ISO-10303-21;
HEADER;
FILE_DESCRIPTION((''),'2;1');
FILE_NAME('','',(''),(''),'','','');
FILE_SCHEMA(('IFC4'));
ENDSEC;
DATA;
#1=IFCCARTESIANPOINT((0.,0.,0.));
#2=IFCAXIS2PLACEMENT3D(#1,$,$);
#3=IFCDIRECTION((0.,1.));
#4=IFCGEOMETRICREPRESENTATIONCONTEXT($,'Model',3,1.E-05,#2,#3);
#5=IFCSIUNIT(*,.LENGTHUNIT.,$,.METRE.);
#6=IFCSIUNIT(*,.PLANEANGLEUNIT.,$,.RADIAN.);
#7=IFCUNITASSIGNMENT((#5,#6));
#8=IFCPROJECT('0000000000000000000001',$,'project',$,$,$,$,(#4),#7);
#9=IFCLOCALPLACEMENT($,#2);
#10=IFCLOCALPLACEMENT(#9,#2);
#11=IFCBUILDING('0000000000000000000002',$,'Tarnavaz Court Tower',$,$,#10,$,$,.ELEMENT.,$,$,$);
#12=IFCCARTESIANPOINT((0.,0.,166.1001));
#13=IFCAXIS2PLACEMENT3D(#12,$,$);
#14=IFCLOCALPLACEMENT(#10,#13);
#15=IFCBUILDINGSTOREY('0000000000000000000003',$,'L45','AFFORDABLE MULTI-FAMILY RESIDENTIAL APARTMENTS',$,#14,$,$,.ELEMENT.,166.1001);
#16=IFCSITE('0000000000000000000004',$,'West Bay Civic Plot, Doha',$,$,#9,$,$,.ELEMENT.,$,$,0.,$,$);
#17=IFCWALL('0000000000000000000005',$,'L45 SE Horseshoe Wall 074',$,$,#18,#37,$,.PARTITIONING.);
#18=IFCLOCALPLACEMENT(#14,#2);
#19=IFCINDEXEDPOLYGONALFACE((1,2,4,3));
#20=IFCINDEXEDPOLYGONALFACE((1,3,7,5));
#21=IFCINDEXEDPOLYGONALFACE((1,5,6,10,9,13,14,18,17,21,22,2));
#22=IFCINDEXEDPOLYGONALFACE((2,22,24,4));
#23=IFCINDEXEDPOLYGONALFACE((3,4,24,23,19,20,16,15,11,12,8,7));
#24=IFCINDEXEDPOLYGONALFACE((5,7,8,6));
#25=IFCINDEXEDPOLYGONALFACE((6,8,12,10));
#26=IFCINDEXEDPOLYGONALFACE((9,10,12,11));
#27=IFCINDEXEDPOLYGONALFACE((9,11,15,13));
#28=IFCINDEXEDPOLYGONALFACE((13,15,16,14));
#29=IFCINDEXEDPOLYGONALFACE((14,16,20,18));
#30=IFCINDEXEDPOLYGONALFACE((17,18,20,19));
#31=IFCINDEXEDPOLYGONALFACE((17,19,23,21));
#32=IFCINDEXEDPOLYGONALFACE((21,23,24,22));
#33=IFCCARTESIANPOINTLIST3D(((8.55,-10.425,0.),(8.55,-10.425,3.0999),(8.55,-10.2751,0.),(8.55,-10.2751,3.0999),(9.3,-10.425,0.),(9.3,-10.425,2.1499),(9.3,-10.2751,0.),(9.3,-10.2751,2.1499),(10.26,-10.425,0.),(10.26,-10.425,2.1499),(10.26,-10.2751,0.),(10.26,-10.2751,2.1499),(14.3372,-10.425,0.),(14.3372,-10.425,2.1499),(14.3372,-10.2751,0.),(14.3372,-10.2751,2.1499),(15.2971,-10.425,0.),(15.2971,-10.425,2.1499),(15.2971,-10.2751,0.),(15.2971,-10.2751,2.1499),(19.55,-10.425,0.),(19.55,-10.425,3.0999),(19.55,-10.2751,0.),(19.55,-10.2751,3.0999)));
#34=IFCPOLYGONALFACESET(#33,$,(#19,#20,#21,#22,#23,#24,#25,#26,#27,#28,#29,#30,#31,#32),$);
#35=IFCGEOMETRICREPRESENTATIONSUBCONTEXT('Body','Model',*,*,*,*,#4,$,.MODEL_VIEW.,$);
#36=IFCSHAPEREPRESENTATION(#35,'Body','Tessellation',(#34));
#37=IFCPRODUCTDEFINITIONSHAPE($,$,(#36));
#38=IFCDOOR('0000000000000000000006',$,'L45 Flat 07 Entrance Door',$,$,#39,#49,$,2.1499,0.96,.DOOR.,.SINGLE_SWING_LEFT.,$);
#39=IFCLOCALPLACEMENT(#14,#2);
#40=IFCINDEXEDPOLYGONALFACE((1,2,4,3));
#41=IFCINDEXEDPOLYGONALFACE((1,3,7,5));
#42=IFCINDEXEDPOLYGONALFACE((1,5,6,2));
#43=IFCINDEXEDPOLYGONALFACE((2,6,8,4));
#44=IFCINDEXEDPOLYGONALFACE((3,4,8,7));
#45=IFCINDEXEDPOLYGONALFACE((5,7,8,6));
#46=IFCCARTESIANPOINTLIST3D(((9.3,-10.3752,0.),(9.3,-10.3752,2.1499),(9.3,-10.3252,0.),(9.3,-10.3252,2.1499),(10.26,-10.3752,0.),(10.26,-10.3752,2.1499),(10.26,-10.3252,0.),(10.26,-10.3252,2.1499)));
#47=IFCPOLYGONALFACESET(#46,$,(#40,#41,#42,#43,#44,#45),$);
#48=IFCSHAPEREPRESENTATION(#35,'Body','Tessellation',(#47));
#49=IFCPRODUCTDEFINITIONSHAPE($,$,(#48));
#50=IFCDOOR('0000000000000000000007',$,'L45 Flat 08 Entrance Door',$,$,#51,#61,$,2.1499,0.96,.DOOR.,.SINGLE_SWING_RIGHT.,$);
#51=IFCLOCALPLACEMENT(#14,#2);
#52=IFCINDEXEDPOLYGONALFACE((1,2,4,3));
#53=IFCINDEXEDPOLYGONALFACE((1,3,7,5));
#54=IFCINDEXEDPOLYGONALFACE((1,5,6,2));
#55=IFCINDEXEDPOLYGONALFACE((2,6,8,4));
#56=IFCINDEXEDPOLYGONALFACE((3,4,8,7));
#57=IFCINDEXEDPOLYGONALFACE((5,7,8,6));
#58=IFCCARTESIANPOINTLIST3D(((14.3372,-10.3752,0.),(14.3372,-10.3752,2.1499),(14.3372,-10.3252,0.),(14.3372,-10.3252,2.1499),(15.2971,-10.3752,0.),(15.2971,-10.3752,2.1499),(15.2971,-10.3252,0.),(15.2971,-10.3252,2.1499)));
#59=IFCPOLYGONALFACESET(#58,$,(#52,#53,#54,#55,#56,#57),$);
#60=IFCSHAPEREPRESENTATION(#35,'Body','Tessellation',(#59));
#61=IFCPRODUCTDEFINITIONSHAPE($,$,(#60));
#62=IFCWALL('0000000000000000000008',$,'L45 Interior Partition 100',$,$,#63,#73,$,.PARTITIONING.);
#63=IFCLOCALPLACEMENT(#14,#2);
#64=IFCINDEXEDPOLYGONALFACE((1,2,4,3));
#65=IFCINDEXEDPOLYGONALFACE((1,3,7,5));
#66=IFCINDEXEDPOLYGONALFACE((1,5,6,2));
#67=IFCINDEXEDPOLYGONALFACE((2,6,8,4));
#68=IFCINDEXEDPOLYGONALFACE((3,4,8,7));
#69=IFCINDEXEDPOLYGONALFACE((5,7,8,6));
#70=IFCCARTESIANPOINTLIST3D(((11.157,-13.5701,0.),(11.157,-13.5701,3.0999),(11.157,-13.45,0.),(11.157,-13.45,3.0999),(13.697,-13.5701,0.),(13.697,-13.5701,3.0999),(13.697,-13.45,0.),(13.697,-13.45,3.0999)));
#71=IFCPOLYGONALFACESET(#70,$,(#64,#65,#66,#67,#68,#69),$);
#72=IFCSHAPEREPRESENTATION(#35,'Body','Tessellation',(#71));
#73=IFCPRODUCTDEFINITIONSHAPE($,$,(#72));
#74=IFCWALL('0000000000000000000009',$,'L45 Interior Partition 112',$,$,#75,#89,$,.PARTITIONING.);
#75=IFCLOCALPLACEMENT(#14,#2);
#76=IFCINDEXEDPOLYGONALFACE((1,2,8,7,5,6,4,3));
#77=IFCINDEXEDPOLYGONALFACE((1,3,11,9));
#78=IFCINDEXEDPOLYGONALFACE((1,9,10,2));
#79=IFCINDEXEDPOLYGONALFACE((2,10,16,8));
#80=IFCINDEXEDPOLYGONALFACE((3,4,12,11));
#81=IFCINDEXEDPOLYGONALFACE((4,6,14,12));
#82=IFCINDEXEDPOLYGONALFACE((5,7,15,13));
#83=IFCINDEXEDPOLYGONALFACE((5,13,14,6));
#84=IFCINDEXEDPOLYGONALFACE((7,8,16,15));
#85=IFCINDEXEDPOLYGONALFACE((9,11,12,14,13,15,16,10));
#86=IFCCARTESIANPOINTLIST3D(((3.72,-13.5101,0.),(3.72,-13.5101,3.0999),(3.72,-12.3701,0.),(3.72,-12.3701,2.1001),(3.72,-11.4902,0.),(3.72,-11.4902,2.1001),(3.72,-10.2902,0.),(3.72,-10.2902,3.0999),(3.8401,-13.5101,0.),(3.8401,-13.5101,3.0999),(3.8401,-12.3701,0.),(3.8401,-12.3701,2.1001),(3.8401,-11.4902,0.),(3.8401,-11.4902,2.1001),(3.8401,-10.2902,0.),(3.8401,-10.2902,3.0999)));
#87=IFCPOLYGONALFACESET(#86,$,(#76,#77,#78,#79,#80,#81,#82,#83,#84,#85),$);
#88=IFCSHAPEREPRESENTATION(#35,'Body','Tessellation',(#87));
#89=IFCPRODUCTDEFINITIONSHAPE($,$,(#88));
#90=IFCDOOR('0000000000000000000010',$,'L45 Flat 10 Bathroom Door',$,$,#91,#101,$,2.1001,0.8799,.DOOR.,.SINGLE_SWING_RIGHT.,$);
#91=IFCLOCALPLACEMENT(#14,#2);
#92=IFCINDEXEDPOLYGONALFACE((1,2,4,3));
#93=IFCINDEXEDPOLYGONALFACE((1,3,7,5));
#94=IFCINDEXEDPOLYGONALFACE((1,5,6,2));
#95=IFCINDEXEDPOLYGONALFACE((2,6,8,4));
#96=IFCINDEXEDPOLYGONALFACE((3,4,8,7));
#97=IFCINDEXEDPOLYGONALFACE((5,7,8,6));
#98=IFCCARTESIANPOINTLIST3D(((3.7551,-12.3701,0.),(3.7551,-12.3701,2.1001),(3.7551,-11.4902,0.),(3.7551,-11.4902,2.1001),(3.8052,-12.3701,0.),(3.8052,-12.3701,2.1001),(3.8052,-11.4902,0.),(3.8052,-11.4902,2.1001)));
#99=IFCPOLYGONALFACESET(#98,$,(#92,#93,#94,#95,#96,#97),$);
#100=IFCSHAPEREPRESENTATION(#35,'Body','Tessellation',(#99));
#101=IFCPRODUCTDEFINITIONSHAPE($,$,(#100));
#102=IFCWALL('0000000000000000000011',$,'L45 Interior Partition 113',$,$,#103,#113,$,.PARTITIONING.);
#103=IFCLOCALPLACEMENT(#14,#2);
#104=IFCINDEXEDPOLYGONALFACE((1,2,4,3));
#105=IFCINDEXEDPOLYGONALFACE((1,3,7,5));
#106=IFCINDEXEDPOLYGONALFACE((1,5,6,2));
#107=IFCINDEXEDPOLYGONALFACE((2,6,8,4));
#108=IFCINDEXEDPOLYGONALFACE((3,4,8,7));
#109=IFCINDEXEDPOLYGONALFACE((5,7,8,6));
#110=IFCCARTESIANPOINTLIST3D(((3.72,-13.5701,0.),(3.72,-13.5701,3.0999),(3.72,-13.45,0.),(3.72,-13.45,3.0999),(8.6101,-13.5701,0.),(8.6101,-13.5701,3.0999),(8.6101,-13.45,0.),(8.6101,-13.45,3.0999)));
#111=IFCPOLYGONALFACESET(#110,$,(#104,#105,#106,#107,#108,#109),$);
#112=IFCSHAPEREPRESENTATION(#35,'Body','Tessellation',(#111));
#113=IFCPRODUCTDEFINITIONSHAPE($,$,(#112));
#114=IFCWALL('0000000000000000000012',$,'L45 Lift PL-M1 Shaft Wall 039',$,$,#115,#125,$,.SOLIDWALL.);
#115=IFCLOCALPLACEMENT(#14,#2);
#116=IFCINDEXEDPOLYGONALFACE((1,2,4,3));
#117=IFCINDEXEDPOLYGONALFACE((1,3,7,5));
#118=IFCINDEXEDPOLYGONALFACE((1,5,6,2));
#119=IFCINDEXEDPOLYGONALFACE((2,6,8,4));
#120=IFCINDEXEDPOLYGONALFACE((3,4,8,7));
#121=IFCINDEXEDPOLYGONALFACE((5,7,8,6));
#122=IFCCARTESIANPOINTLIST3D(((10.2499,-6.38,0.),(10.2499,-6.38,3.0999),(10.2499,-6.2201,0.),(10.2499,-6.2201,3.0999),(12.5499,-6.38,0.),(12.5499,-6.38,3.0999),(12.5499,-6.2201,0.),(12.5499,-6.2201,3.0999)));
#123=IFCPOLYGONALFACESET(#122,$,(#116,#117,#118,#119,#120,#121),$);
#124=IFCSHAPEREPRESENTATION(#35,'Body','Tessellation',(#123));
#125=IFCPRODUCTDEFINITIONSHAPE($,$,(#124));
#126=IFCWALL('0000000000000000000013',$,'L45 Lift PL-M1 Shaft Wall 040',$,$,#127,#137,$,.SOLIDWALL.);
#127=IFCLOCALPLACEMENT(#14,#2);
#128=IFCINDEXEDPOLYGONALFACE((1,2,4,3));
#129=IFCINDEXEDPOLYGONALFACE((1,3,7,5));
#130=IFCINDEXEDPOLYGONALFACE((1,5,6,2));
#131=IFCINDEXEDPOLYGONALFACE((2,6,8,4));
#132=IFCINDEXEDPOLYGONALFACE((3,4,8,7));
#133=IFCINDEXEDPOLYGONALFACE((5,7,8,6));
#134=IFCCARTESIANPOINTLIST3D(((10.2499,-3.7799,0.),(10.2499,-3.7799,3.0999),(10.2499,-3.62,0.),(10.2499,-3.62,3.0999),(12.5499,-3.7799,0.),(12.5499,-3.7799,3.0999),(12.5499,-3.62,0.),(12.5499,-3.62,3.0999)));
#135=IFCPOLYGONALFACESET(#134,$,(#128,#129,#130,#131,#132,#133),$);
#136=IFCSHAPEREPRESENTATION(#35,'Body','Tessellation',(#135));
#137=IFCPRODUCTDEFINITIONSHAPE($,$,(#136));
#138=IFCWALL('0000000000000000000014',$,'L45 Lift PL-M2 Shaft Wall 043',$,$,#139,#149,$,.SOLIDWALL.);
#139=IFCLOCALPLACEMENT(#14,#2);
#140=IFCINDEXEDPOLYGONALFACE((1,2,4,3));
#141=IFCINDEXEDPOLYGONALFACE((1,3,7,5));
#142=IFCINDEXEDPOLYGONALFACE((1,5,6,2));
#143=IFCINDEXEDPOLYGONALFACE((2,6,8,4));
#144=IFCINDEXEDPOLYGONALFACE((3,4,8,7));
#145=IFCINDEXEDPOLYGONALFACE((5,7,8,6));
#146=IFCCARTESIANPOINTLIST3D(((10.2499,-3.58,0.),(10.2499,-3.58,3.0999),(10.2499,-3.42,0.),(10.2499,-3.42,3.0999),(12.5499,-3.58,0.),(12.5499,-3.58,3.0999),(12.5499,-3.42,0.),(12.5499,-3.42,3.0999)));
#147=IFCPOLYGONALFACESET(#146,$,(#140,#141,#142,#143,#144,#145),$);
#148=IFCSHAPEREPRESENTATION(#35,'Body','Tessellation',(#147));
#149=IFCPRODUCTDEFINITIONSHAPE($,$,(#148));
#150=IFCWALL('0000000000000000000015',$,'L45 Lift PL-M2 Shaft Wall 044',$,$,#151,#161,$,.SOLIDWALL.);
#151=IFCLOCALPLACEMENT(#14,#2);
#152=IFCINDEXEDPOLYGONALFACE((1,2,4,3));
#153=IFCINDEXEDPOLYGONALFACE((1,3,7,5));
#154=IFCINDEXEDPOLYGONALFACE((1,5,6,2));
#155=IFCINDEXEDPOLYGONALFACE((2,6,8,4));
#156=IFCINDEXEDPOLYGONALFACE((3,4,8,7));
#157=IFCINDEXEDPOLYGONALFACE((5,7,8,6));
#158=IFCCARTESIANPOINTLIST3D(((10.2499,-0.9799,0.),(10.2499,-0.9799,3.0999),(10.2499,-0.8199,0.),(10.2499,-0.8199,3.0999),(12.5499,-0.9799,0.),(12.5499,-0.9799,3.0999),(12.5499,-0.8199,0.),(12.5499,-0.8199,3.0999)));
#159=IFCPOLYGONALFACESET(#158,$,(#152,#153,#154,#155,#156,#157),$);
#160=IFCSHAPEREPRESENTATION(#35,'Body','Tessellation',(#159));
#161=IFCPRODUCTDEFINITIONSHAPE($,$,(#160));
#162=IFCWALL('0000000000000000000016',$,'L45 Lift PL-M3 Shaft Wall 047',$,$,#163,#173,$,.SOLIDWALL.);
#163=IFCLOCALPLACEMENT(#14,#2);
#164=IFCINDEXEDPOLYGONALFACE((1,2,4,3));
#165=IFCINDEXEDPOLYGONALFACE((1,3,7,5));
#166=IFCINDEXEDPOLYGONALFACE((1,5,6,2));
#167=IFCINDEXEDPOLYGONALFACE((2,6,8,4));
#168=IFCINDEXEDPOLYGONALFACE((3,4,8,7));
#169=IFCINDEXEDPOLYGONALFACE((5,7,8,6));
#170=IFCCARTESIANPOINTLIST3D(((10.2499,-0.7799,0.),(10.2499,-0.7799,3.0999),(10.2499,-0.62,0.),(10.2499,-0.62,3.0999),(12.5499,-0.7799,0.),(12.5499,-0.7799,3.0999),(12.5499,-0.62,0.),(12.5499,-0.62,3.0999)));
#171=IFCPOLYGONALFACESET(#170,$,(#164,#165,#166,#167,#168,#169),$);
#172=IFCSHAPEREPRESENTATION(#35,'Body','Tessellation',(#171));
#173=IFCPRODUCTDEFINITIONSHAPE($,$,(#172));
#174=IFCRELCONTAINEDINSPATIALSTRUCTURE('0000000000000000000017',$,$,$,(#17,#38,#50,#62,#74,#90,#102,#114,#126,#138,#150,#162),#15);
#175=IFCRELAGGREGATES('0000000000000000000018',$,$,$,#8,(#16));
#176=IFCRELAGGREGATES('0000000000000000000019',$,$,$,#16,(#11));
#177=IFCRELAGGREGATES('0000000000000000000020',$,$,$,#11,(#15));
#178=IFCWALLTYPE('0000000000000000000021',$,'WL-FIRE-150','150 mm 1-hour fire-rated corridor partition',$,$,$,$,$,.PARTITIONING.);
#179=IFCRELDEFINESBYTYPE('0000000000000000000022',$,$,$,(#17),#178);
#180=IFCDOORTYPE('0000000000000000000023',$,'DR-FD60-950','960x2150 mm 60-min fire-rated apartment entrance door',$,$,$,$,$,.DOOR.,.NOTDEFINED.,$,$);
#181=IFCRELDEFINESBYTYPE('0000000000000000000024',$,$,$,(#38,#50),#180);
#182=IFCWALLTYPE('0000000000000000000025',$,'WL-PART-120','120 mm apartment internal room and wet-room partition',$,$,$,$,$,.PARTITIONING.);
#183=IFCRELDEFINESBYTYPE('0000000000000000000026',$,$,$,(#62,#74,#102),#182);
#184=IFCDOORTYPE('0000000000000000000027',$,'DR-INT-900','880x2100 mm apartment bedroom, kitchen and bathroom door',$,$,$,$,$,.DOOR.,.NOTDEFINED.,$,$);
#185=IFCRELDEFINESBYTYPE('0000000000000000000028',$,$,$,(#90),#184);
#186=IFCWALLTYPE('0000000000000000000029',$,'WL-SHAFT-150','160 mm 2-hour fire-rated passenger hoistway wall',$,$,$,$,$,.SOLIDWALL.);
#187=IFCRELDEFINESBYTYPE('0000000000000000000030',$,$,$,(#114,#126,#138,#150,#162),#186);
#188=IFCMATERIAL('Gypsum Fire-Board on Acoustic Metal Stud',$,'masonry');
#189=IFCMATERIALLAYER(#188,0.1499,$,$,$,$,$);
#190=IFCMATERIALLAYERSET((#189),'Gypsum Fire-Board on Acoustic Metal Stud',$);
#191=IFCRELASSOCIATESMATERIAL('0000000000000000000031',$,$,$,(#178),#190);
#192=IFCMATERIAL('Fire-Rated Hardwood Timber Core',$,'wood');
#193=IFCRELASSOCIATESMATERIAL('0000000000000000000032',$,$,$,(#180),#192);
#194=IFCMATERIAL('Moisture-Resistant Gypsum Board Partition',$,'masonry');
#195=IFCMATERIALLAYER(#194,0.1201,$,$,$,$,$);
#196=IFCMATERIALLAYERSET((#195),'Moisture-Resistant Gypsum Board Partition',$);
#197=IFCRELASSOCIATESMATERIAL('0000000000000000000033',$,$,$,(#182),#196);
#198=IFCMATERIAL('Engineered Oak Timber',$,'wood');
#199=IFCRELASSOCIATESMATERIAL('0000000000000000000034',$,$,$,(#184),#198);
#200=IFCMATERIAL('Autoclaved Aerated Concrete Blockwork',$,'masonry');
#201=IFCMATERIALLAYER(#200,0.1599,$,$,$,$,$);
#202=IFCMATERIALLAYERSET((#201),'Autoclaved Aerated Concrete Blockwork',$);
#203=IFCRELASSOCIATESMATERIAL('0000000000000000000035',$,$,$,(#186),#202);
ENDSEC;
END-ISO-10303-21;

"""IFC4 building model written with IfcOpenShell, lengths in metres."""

from ifc_helpers import new_model, si_unit, direction, frame, frame_2d, origin, place, context, subcontext, project, spatial, rectangle, extrude, material, layer, layer_set, type_object, element, fill, save


model = new_model("IFC4")

# Units and contexts
model_context = context("Model", 3, precision=1e-05, world=origin(), true_north=direction((0.0, 1.0)))
body_context = subcontext(model_context, "Body", "Model", "MODEL_VIEW")
ifc_project = project(units=[si_unit("LENGTHUNIT", "METRE"), si_unit("PLANEANGLEUNIT", "RADIAN")], contexts=[model_context])

# Site, building, storey
site_placement = place(None, origin())
site = spatial("IfcSite", under=ifc_project, at=site_placement, Name="West Bay Civic Plot, Doha", CompositionType="ELEMENT", RefElevation=0.0)
building_placement = place(site_placement, origin())
building = spatial("IfcBuilding", under=site, at=building_placement, Name="Tarnavaz Court Tower", CompositionType="ELEMENT")
storey_placement = place(building_placement, frame((0.0, 0.0, 166.1001)))
storey = spatial("IfcBuildingStorey", under=building, at=storey_placement, Name="L45", Description="AFFORDABLE MULTI-FAMILY RESIDENTIAL APARTMENTS", CompositionType="ELEMENT", Elevation=166.1001)

# Wall, openings, doors
ifc_material_1 = material(Name="Gypsum Fire-Board on Acoustic Metal Stud", Category="masonry")
ifc_layer_1 = layer(ifc_material_1, 0.1499)
ifc_layer_set_1 = layer_set([ifc_layer_1], Name="Gypsum Fire-Board on Acoustic Metal Stud")
wall_type_1 = type_object("IfcWallType", Name="WL-FIRE-150", Description="150 mm 1-hour fire-rated corridor partition", PredefinedType="PARTITIONING", material=ifc_layer_set_1)
wall_1_placement = place(storey_placement, frame((8.55, -10.3501, 0.0), z_axis=(0.0, 0.0, 1.0), x_axis=(1.0, 0.0, 0.0)))
wall_1 = element("IfcWall", 1, at=wall_1_placement, inside=storey, type_object=wall_type_1, Name="L45 SE Horseshoe Wall 074", PredefinedType="PARTITIONING", context=body_context, shape_type="SweptSolid", body=[
    extrude(rectangle(XDim=11.0, YDim=0.1499, at=frame_2d((5.5, 0.0))), origin(), (0.0, 0.0, 1.0), 3.0999),
])
opening_1_placement = place(wall_1_placement, frame((0.75, 0.0, 0.0)))
opening_1 = element("IfcOpeningElement", 2, at=opening_1_placement, cuts=wall_1, PredefinedType="OPENING", context=body_context, shape_type="SweptSolid", body=[
    extrude(rectangle(XDim=0.96, YDim=2.1499, at=frame_2d((0.48, 1.075))), frame((0.0, 0.085, 0.0), z_axis=(0.0, -1.0, 0.0), x_axis=(1.0, 0.0, 0.0)), (0.0, 0.0, 1.0), 0.1699),
])
opening_2_placement = place(wall_1_placement, frame((5.7871, 0.0, 0.0)))
opening_2 = element("IfcOpeningElement", 3, at=opening_2_placement, cuts=wall_1, PredefinedType="OPENING", context=body_context, shape_type="SweptSolid", body=[
    extrude(rectangle(XDim=0.96, YDim=2.1499, at=frame_2d((0.48, 1.075))), frame((0.0, 0.085, 0.0), z_axis=(0.0, -1.0, 0.0), x_axis=(1.0, 0.0, 0.0)), (0.0, 0.0, 1.0), 0.1699),
])
ifc_material_2 = material(Name="Fire-Rated Hardwood Timber Core", Category="wood")
door_type_1 = type_object("IfcDoorType", Name="DR-FD60-950", Description="960x2150 mm 60-min fire-rated apartment entrance door", OperationType="NOTDEFINED", PredefinedType="DOOR", material=ifc_material_2)
door_1_placement = place(opening_1_placement, origin())
door_1 = element("IfcDoor", 4, at=door_1_placement, inside=storey, type_object=door_type_1, Name="L45 Flat 07 Entrance Door", OperationType="SINGLE_SWING_LEFT", OverallHeight=2.1499, OverallWidth=0.96, PredefinedType="DOOR", context=body_context, shape_type="SweptSolid", body=[
    extrude(rectangle(XDim=0.96, YDim=2.1499, at=frame_2d((0.48, 1.075))), frame((0.0, 0.0249, 0.0), z_axis=(0.0, -1.0, 0.0), x_axis=(1.0, 0.0, 0.0)), (0.0, 0.0, 1.0), 0.05),
])
fill(opening_1, door_1)
door_2_placement = place(opening_2_placement, origin())
door_2 = element("IfcDoor", 5, at=door_2_placement, inside=storey, type_object=door_type_1, Name="L45 Flat 08 Entrance Door", OperationType="SINGLE_SWING_RIGHT", OverallHeight=2.1499, OverallWidth=0.96, PredefinedType="DOOR", context=body_context, shape_type="SweptSolid", body=[
    extrude(rectangle(XDim=0.96, YDim=2.1499, at=frame_2d((0.48, 1.075))), frame((0.0, 0.0249, 0.0), z_axis=(0.0, -1.0, 0.0), x_axis=(1.0, 0.0, 0.0)), (0.0, 0.0, 1.0), 0.05),
])
fill(opening_2, door_2)

# Wall
ifc_material_3 = material(Name="Moisture-Resistant Gypsum Board Partition", Category="masonry")
ifc_layer_2 = layer(ifc_material_3, 0.1201)
ifc_layer_set_2 = layer_set([ifc_layer_2], Name="Moisture-Resistant Gypsum Board Partition")
wall_type_2 = type_object("IfcWallType", Name="WL-PART-120", Description="120 mm apartment internal room and wet-room partition", PredefinedType="PARTITIONING", material=ifc_layer_set_2)
wall_2_placement = place(storey_placement, frame((11.157, -13.51, 0.0), z_axis=(0.0, 0.0, 1.0), x_axis=(1.0, 0.0, 0.0)))
element("IfcWall", 6, at=wall_2_placement, inside=storey, type_object=wall_type_2, Name="L45 Interior Partition 100", PredefinedType="PARTITIONING", context=body_context, shape_type="SweptSolid", body=[
    extrude(rectangle(XDim=2.54, YDim=0.1201, at=frame_2d((1.27, 0.0))), origin(), (0.0, 0.0, 1.0), 3.0999),
])

# Wall, opening, door
wall_3_placement = place(storey_placement, frame((3.78, -13.51, 0.0), z_axis=(0.0, 0.0, 1.0), x_axis=(0.0, 1.0, 0.0)))
wall_3 = element("IfcWall", 7, at=wall_3_placement, inside=storey, type_object=wall_type_2, Name="L45 Interior Partition 112", PredefinedType="PARTITIONING", context=body_context, shape_type="SweptSolid", body=[
    extrude(rectangle(XDim=3.22, YDim=0.1201, at=frame_2d((1.6099, 0.0))), origin(), (0.0, 0.0, 1.0), 3.0999),
])
opening_3_placement = place(wall_3_placement, frame((1.1399, 0.0, 0.0)))
opening_3 = element("IfcOpeningElement", 8, at=opening_3_placement, cuts=wall_3, PredefinedType="OPENING", context=body_context, shape_type="SweptSolid", body=[
    extrude(rectangle(XDim=0.8799, YDim=2.1001, at=frame_2d((0.4399, 1.05))), frame((0.0, 0.0701, 0.0), z_axis=(0.0, -1.0, 0.0), x_axis=(1.0, 0.0, 0.0)), (0.0, 0.0, 1.0), 0.1401),
])
ifc_material_4 = material(Name="Engineered Oak Timber", Category="wood")
door_type_2 = type_object("IfcDoorType", Name="DR-INT-900", Description="880x2100 mm apartment bedroom, kitchen and bathroom door", OperationType="NOTDEFINED", PredefinedType="DOOR", material=ifc_material_4)
door_3_placement = place(opening_3_placement, origin())
door_3 = element("IfcDoor", 9, at=door_3_placement, inside=storey, type_object=door_type_2, Name="L45 Flat 10 Bathroom Door", OperationType="SINGLE_SWING_RIGHT", OverallHeight=2.1001, OverallWidth=0.8799, PredefinedType="DOOR", context=body_context, shape_type="SweptSolid", body=[
    extrude(rectangle(XDim=0.8799, YDim=2.1001, at=frame_2d((0.4399, 1.05))), frame((0.0, 0.0249, 0.0), z_axis=(0.0, -1.0, 0.0), x_axis=(1.0, 0.0, 0.0)), (0.0, 0.0, 1.0), 0.05),
])
fill(opening_3, door_3)

# Wall
wall_4_placement = place(storey_placement, frame((3.72, -13.51, 0.0), z_axis=(0.0, 0.0, 1.0), x_axis=(1.0, 0.0, 0.0)))
element("IfcWall", 10, at=wall_4_placement, inside=storey, type_object=wall_type_2, Name="L45 Interior Partition 113", PredefinedType="PARTITIONING", context=body_context, shape_type="SweptSolid", body=[
    extrude(rectangle(XDim=4.8901, YDim=0.1201, at=frame_2d((2.4451, 0.0))), origin(), (0.0, 0.0, 1.0), 3.0999),
])

# Shared definitions
ifc_material_5 = material(Name="Autoclaved Aerated Concrete Blockwork", Category="masonry")
ifc_layer_3 = layer(ifc_material_5, 0.1599)
ifc_layer_set_3 = layer_set([ifc_layer_3], Name="Autoclaved Aerated Concrete Blockwork")
wall_type_3 = type_object("IfcWallType", Name="WL-SHAFT-150", Description="160 mm 2-hour fire-rated passenger hoistway wall", PredefinedType="SOLIDWALL", material=ifc_layer_set_3)

# Walls
for number, where, z_axis, x_axis, name in (
    (11, (10.25, -6.3, 0.0), (0.0, 0.0, 1.0), (1.0, 0.0, 0.0), "L45 Lift PL-M1 Shaft Wall 039"),
    (12, (10.25, -3.7, 0.0), (0.0, 0.0, 1.0), (1.0, 0.0, 0.0), "L45 Lift PL-M1 Shaft Wall 040"),
):
    element("IfcWall", number, at=place(storey_placement, frame(where, z_axis=z_axis, x_axis=x_axis)), inside=storey, type_object=wall_type_3, Name=name, PredefinedType="SOLIDWALL", context=body_context, shape_type="SweptSolid", body=[
        extrude(rectangle(XDim=2.3, YDim=0.1599, at=frame_2d((1.1499, 0.0))), origin(), (0.0, 0.0, 1.0), 3.0999),
    ])

# Walls
for number, where, z_axis, x_axis, name in (
    (13, (10.25, -3.5, 0.0), (0.0, 0.0, 1.0), (1.0, 0.0, 0.0), "L45 Lift PL-M2 Shaft Wall 043"),
    (14, (10.25, -0.8999, 0.0), (0.0, 0.0, 1.0), (1.0, 0.0, 0.0), "L45 Lift PL-M2 Shaft Wall 044"),
):
    element("IfcWall", number, at=place(storey_placement, frame(where, z_axis=z_axis, x_axis=x_axis)), inside=storey, type_object=wall_type_3, Name=name, PredefinedType="SOLIDWALL", context=body_context, shape_type="SweptSolid", body=[
        extrude(rectangle(XDim=2.3, YDim=0.1599, at=frame_2d((1.1499, 0.0))), origin(), (0.0, 0.0, 1.0), 3.0999),
    ])

# Wall
wall_5_placement = place(storey_placement, frame((10.25, -0.7, 0.0), z_axis=(0.0, 0.0, 1.0), x_axis=(1.0, 0.0, 0.0)))
element("IfcWall", 15, at=wall_5_placement, inside=storey, type_object=wall_type_3, Name="L45 Lift PL-M3 Shaft Wall 047", PredefinedType="SOLIDWALL", context=body_context, shape_type="SweptSolid", body=[
    extrude(rectangle(XDim=2.3, YDim=0.1599, at=frame_2d((1.1499, 0.0))), origin(), (0.0, 0.0, 1.0), 3.0999),
])

save(model, "model.ifc")
